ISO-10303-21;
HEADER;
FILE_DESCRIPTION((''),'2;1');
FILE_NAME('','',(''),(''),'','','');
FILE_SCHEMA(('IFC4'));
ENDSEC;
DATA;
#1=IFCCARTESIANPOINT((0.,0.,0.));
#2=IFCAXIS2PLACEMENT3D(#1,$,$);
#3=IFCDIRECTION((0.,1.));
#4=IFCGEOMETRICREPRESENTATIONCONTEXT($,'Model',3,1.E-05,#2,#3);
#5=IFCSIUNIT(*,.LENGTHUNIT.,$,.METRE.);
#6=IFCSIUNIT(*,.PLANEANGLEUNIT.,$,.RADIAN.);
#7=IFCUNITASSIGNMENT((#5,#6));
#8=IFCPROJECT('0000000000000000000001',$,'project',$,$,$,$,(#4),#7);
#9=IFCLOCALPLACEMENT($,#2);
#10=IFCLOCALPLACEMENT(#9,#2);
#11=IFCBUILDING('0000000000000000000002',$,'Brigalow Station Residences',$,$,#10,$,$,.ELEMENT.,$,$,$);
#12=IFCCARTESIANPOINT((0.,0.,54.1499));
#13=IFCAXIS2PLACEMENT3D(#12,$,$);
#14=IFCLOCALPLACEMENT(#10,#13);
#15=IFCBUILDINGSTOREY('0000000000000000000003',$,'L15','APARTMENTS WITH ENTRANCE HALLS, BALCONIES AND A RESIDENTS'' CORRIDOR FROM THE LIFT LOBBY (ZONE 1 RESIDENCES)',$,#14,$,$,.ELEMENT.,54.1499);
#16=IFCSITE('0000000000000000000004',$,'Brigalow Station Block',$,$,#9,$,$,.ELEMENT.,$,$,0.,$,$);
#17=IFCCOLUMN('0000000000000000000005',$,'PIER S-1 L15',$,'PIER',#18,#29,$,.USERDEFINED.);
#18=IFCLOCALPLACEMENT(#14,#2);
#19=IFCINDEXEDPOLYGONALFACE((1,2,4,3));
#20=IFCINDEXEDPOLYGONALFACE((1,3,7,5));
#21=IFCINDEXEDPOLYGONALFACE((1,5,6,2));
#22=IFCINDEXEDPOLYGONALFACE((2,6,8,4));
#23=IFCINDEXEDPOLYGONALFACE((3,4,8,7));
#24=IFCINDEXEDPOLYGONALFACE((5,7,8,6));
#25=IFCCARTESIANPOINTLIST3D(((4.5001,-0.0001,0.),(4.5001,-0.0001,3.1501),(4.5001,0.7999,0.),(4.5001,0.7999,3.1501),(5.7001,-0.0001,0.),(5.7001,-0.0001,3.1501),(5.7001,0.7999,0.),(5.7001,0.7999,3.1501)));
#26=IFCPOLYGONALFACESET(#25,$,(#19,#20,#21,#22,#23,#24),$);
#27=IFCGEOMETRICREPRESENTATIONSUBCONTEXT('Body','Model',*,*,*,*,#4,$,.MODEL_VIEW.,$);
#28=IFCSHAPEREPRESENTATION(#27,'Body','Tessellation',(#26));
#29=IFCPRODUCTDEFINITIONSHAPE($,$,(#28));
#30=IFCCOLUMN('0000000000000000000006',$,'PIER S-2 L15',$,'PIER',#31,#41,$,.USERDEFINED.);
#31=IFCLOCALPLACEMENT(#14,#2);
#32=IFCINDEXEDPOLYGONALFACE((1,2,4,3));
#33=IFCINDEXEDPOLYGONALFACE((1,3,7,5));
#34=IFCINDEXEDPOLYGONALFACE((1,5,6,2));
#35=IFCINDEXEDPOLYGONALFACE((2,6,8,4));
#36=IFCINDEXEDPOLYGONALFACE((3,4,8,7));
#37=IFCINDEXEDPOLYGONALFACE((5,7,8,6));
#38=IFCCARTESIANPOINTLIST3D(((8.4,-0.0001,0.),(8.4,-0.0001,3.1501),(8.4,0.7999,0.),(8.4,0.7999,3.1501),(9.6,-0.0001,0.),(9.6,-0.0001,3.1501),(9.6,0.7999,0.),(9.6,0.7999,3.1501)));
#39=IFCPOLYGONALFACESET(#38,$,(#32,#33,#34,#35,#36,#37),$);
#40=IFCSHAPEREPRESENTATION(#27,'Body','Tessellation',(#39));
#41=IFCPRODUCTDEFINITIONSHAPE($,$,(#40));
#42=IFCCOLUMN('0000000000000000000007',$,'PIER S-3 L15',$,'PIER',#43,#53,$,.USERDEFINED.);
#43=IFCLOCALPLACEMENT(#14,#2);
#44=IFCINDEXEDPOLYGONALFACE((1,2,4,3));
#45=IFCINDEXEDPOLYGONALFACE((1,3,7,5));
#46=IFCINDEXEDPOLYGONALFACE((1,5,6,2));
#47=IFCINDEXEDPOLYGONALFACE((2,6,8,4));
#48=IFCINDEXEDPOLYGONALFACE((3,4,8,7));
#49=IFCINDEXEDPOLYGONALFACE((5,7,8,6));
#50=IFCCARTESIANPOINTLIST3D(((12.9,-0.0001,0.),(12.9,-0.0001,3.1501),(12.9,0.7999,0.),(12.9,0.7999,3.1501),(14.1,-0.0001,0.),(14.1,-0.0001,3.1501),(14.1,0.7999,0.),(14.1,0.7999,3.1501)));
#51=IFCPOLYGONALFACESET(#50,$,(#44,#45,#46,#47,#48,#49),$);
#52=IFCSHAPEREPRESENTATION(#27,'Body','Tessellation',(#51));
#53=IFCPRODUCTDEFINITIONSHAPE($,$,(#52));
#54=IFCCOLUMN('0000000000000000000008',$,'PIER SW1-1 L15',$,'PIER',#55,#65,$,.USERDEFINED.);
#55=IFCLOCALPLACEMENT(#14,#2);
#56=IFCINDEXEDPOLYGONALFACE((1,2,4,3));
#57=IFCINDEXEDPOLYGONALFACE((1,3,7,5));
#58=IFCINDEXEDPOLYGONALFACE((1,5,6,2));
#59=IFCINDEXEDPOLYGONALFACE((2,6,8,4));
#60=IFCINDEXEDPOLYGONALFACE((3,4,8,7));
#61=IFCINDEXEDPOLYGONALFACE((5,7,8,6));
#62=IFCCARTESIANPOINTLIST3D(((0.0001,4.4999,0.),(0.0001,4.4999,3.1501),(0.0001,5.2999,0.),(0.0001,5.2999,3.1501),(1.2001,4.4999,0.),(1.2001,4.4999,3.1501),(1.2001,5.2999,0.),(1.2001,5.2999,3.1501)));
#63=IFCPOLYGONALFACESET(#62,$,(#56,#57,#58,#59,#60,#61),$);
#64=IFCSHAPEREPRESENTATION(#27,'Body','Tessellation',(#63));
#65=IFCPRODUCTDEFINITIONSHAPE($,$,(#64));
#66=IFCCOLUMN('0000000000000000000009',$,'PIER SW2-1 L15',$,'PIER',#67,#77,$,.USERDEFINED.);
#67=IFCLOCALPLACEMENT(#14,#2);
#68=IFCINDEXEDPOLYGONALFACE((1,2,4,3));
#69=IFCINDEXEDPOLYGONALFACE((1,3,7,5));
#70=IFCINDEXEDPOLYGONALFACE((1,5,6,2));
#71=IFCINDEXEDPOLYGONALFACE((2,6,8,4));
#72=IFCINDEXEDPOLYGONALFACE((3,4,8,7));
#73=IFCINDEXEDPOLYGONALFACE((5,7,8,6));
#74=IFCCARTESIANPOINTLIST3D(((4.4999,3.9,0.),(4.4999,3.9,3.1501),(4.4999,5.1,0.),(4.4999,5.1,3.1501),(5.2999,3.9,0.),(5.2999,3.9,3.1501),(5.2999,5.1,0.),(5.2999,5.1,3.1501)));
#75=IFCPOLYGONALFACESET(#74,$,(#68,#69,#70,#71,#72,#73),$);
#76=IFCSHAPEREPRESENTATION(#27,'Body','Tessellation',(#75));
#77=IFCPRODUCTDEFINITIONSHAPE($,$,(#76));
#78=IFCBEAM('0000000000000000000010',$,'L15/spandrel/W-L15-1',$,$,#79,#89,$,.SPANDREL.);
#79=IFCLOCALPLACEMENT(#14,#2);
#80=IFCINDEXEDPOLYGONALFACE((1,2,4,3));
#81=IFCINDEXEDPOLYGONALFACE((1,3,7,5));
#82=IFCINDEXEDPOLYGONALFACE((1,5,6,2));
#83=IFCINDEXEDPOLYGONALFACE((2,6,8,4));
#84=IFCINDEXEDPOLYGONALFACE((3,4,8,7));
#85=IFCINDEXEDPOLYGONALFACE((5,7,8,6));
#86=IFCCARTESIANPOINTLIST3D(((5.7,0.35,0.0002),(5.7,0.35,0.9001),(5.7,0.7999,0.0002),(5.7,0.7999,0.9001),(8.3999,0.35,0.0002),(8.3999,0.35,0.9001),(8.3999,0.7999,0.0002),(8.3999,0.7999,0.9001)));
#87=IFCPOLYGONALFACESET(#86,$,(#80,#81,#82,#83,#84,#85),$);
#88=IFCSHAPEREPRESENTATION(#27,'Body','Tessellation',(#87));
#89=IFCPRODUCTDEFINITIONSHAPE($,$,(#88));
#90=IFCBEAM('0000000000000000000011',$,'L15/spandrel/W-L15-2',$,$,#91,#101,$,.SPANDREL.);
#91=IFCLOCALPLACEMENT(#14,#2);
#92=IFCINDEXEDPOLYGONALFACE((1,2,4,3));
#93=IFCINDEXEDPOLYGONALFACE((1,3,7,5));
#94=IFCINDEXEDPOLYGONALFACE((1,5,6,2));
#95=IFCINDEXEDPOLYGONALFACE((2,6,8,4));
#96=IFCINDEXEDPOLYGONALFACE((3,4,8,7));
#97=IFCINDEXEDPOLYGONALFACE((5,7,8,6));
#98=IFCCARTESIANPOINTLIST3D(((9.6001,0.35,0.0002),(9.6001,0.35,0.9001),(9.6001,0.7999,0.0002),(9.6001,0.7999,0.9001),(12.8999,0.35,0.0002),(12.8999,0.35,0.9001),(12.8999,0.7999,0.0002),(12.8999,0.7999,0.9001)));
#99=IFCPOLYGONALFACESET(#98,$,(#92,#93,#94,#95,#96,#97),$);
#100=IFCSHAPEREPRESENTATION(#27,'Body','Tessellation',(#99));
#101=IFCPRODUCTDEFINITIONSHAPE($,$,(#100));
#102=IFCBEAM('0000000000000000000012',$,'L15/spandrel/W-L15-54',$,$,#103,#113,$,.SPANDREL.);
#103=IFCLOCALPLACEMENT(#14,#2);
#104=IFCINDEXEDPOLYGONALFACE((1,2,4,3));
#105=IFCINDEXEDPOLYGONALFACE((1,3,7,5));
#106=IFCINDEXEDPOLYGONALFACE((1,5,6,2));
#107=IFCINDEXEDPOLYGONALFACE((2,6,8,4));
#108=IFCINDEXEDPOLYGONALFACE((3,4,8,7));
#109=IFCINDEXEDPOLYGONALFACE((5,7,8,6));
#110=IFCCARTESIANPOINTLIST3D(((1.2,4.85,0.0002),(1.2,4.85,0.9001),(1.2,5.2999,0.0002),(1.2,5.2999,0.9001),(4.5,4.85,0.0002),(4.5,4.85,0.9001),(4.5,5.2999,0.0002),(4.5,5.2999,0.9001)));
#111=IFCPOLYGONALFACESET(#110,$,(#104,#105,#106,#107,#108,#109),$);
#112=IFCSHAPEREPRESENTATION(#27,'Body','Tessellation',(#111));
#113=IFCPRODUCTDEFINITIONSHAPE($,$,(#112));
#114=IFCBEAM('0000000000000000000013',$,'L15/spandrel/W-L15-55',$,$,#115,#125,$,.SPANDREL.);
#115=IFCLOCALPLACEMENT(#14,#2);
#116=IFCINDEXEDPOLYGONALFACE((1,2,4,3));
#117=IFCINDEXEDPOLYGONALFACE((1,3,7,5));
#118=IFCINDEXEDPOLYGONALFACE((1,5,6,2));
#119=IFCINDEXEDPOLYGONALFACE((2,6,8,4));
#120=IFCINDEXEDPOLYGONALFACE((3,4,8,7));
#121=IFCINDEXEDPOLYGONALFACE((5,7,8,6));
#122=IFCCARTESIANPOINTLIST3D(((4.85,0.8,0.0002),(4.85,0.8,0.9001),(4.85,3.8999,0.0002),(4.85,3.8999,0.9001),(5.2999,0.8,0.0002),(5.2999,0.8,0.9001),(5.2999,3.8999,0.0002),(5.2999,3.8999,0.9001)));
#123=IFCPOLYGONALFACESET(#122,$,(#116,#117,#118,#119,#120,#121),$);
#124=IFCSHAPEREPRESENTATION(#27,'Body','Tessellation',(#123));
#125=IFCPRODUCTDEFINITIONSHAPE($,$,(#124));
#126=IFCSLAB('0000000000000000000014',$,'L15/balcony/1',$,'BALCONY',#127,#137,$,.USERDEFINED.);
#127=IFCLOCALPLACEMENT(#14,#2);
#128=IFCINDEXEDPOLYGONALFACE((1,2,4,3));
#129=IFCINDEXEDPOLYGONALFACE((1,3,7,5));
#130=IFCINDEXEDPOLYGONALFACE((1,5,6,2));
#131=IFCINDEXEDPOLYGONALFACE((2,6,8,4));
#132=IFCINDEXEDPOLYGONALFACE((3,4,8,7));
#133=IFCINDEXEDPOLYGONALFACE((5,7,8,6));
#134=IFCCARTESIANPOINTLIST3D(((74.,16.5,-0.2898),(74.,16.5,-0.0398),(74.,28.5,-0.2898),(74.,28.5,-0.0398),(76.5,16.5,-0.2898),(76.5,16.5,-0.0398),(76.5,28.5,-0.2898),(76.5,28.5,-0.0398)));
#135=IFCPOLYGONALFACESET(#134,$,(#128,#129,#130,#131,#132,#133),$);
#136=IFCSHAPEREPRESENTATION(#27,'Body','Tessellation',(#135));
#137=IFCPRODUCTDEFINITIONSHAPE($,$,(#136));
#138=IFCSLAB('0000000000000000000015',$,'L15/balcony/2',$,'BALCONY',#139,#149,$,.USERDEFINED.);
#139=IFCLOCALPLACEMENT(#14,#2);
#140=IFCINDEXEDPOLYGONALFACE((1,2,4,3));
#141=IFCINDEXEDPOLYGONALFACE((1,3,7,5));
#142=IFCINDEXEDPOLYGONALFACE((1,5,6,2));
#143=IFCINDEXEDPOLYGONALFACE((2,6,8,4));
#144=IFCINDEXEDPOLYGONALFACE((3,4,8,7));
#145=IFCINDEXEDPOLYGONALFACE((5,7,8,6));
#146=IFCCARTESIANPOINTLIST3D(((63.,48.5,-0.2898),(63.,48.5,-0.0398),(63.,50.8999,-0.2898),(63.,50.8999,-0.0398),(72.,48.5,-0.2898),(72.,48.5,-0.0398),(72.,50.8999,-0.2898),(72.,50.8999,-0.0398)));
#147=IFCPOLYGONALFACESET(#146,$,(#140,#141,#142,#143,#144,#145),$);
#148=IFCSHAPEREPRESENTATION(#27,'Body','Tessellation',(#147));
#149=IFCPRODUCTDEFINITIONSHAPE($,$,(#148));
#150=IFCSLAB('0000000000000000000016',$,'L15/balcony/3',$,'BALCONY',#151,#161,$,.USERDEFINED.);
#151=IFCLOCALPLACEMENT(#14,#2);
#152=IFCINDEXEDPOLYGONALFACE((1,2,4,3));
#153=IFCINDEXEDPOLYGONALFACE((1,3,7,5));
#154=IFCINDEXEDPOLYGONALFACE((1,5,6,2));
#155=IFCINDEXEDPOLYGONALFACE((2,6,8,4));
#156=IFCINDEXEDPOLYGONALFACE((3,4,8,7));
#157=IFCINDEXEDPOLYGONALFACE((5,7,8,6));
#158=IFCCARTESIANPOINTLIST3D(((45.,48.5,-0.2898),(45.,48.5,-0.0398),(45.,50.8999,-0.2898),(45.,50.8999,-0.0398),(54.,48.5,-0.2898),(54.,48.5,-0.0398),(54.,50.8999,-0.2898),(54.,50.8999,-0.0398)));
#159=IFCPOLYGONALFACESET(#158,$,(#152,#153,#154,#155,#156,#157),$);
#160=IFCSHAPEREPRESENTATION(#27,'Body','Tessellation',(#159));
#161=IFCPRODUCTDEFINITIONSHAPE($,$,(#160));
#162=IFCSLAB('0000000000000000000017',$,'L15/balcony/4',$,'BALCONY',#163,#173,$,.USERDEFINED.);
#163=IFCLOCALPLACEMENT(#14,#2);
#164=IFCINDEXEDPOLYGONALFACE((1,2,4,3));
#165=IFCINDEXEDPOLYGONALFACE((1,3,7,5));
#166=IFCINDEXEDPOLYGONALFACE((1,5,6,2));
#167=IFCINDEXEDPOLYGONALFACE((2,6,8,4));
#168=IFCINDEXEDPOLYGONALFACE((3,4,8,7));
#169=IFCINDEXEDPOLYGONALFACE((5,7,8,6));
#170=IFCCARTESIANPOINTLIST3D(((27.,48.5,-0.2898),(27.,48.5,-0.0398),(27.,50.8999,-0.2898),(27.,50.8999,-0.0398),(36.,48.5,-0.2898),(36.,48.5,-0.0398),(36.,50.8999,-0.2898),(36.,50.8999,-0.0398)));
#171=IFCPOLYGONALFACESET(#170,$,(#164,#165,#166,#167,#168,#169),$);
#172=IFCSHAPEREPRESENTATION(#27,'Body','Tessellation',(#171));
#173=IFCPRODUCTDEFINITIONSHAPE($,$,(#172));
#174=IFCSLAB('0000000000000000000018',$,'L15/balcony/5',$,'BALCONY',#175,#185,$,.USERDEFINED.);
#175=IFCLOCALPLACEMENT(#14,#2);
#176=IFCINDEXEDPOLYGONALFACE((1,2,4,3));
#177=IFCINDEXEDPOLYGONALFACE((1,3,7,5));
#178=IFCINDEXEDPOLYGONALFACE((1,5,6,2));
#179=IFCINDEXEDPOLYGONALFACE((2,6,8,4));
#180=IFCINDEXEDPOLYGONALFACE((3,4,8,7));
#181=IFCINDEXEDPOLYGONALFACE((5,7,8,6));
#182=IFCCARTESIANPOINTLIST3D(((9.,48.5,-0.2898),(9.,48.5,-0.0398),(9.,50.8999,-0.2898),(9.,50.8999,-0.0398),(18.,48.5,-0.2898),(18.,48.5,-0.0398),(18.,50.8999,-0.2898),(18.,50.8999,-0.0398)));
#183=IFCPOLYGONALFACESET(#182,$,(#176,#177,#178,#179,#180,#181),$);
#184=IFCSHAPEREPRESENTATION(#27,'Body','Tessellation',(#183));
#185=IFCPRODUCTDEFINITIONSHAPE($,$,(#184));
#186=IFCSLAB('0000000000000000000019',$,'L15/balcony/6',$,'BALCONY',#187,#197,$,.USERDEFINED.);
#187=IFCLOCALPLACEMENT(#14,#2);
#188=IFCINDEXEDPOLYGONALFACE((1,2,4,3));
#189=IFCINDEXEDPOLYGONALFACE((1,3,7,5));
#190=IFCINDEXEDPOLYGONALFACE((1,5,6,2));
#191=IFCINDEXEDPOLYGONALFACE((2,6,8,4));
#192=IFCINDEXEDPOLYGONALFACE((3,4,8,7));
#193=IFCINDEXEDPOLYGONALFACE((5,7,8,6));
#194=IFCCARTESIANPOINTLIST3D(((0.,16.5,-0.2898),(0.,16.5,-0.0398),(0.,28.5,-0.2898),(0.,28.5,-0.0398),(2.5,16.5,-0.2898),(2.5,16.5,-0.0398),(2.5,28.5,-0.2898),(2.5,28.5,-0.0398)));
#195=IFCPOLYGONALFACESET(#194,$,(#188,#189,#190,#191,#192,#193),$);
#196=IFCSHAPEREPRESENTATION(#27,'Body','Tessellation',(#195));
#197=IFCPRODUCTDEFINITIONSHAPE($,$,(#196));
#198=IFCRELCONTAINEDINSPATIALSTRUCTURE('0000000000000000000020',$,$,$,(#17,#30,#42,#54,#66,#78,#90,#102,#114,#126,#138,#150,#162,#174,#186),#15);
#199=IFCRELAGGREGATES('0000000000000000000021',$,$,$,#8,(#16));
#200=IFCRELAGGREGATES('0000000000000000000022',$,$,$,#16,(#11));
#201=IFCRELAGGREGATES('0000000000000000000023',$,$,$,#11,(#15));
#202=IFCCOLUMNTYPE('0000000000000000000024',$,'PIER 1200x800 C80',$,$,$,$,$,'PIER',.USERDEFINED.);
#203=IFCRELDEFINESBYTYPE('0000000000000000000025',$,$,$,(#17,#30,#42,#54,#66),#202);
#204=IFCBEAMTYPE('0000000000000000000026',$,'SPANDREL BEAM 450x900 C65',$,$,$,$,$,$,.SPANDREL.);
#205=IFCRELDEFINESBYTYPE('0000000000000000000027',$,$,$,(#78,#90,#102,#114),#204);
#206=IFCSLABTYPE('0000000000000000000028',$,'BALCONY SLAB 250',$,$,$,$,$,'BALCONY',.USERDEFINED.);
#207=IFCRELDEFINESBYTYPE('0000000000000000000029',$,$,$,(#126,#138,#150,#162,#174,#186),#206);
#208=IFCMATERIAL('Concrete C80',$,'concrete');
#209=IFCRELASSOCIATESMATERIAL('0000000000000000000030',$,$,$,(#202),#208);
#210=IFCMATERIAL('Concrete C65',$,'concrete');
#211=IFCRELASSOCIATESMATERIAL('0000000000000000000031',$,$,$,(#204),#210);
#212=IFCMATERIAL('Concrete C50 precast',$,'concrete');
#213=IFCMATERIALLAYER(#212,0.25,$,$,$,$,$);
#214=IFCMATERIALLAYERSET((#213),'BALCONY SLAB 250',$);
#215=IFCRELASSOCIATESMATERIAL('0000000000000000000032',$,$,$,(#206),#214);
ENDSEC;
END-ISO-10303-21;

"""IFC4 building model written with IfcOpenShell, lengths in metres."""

from ifc_helpers import new_model, si_unit, direction, frame, origin, origin_2d, place, context, subcontext, project, spatial, polyline, rectangle, outline, extrude, material, layer, layer_set, material_profile, profile_set, type_object, element, save


model = new_model("IFC4")

# Units and contexts
model_context = context("Model", 3, precision=1e-05, world=origin(), true_north=direction((0.0, 1.0)))
body_context = subcontext(model_context, "Body", "Model", "MODEL_VIEW")
ifc_project = project(units=[si_unit("LENGTHUNIT", "METRE"), si_unit("PLANEANGLEUNIT", "RADIAN")], contexts=[model_context])

# Site, building, storey
site_placement = place(None, origin())
site = spatial("IfcSite", under=ifc_project, at=site_placement, Name="Brigalow Station Block", CompositionType="ELEMENT", RefElevation=0.0)
building_placement = place(site_placement, origin())
building = spatial("IfcBuilding", under=site, at=building_placement, Name="Brigalow Station Residences", CompositionType="ELEMENT")
storey_placement = place(building_placement, frame((0.0, 0.0, 54.1499)))
storey = spatial("IfcBuildingStorey", under=building, at=storey_placement, Name="L15", Description="APARTMENTS WITH ENTRANCE HALLS, BALCONIES AND A RESIDENTS' CORRIDOR FROM THE LIFT LOBBY (ZONE 1 RESIDENCES)", CompositionType="ELEMENT", Elevation=54.1499)

# Columns
ifc_material_1 = material(Name="Concrete C80", Category="concrete")
ifc_material_profile_1 = material_profile(ifc_material_1, rectangle(XDim=1.2, YDim=0.8, at=origin_2d()), Name="RC1200x800")
ifc_profile_set_1 = profile_set([ifc_material_profile_1], Name="Concrete C80")
column_type = type_object("IfcColumnType", Name="PIER 1200x800 C80", ElementType="PIER", PredefinedType="USERDEFINED", material=ifc_profile_set_1)
for number, where, z_axis, x_axis, name in (
    (1, (5.1001, 0.3999, 0.0), (0.0, 0.0, 1.0), (1.0, 0.0, 0.0), "PIER S-1 L15"),
    (2, (9.0, 0.3999, 0.0), (0.0, 0.0, 1.0), (1.0, 0.0, 0.0), "PIER S-2 L15"),
    (3, (13.5, 0.3999, 0.0), (0.0, 0.0, 1.0), (1.0, 0.0, 0.0), "PIER S-3 L15"),
    (4, (0.6001, 4.8999, 0.0), (0.0, 0.0, 1.0), (1.0, 0.0, 0.0), "PIER SW1-1 L15"),
    (5, (4.8999, 4.5, 0.0), (0.0, 0.0, 1.0), (0.0, -1.0, 0.0), "PIER SW2-1 L15"),
):
    element("IfcColumn", number, at=place(storey_placement, frame(where, z_axis=z_axis, x_axis=x_axis)), inside=storey, type_object=column_type, Name=name, ObjectType="PIER", PredefinedType="USERDEFINED", context=body_context, shape_type="SweptSolid", body=[
        extrude(rectangle(XDim=1.2, YDim=0.8, at=origin_2d()), origin(), (0.0, 0.0, 1.0), 3.1501),
    ])

# Beams
ifc_material_2 = material(Name="Concrete C65", Category="concrete")
ifc_material_profile_2 = material_profile(ifc_material_2, rectangle(XDim=0.45, YDim=0.8999, at=origin_2d()), Name="RC450x900")
ifc_profile_set_2 = profile_set([ifc_material_profile_2], Name="Concrete C65")
beam_type = type_object("IfcBeamType", Name="SPANDREL BEAM 450x900 C65", PredefinedType="SPANDREL", material=ifc_profile_set_2)
beam_1_placement = place(storey_placement, frame((5.7, 0.575, 0.4502), z_axis=(1.0, 0.0, 0.0), x_axis=(0.0, 1.0, 0.0)))
element("IfcBeam", 6, at=beam_1_placement, inside=storey, type_object=beam_type, Name="L15/spandrel/W-L15-1", PredefinedType="SPANDREL", context=body_context, shape_type="SweptSolid", body=[
    extrude(rectangle(XDim=0.45, YDim=0.8999, at=origin_2d()), origin(), (0.0, 0.0, 1.0), 2.7),
])
beam_2_placement = place(storey_placement, frame((9.6001, 0.575, 0.4502), z_axis=(1.0, 0.0, 0.0), x_axis=(0.0, 1.0, 0.0)))
element("IfcBeam", 7, at=beam_2_placement, inside=storey, type_object=beam_type, Name="L15/spandrel/W-L15-2", PredefinedType="SPANDREL", context=body_context, shape_type="SweptSolid", body=[
    extrude(rectangle(XDim=0.45, YDim=0.8999, at=origin_2d()), origin(), (0.0, 0.0, 1.0), 3.2998),
])
beam_3_placement = place(storey_placement, frame((1.2, 5.075, 0.4502), z_axis=(1.0, 0.0, 0.0), x_axis=(0.0, 1.0, 0.0)))
element("IfcBeam", 8, at=beam_3_placement, inside=storey, type_object=beam_type, Name="L15/spandrel/W-L15-54", PredefinedType="SPANDREL", context=body_context, shape_type="SweptSolid", body=[
    extrude(rectangle(XDim=0.45, YDim=0.8999, at=origin_2d()), origin(), (0.0, 0.0, 1.0), 3.3),
])
beam_4_placement = place(storey_placement, frame((5.075, 3.8999, 0.4502), z_axis=(0.0, -1.0, 0.0), x_axis=(1.0, 0.0, 0.0)))
element("IfcBeam", 9, at=beam_4_placement, inside=storey, type_object=beam_type, Name="L15/spandrel/W-L15-55", PredefinedType="SPANDREL", context=body_context, shape_type="SweptSolid", body=[
    extrude(rectangle(XDim=0.45, YDim=0.8999, at=origin_2d()), origin(), (0.0, 0.0, 1.0), 3.0999),
])

# Slabs
ifc_material_3 = material(Name="Concrete C50 precast", Category="concrete")
ifc_layer_1 = layer(ifc_material_3, 0.25)
ifc_layer_set_1 = layer_set([ifc_layer_1], Name="BALCONY SLAB 250")
slab_type_1 = type_object("IfcSlabType", Name="BALCONY SLAB 250", ElementType="BALCONY", PredefinedType="USERDEFINED", material=ifc_layer_set_1)
slab_1_placement = place(storey_placement, frame((0.0, 0.0, -0.2898)))
element("IfcSlab", 10, at=slab_1_placement, inside=storey, type_object=slab_type_1, Name="L15/balcony/1", ObjectType="BALCONY", PredefinedType="USERDEFINED", context=body_context, shape_type="SweptSolid", body=[
    extrude(outline(polyline([(74.0, 16.5), (76.5, 16.5), (76.5, 28.5), (74.0, 28.5), (74.0, 16.5)])), origin(), (0.0, 0.0, 1.0), 0.25),
])
slab_2_placement = place(storey_placement, frame((0.0, 0.0, -0.2898)))
element("IfcSlab", 11, at=slab_2_placement, inside=storey, type_object=slab_type_1, Name="L15/balcony/2", ObjectType="BALCONY", PredefinedType="USERDEFINED", context=body_context, shape_type="SweptSolid", body=[
    extrude(outline(polyline([(72.0, 48.5), (72.0, 50.8999), (63.0, 50.8999), (63.0, 48.5), (72.0, 48.5)])), origin(), (0.0, 0.0, 1.0), 0.25),
])
slab_3_placement = place(storey_placement, frame((0.0, 0.0, -0.2898)))
element("IfcSlab", 12, at=slab_3_placement, inside=storey, type_object=slab_type_1, Name="L15/balcony/3", ObjectType="BALCONY", PredefinedType="USERDEFINED", context=body_context, shape_type="SweptSolid", body=[
    extrude(outline(polyline([(54.0, 48.5), (54.0, 50.8999), (45.0, 50.8999), (45.0, 48.5), (54.0, 48.5)])), origin(), (0.0, 0.0, 1.0), 0.25),
])
slab_4_placement = place(storey_placement, frame((0.0, 0.0, -0.2898)))
element("IfcSlab", 13, at=slab_4_placement, inside=storey, type_object=slab_type_1, Name="L15/balcony/4", ObjectType="BALCONY", PredefinedType="USERDEFINED", context=body_context, shape_type="SweptSolid", body=[
    extrude(outline(polyline([(36.0, 48.5), (36.0, 50.8999), (27.0, 50.8999), (27.0, 48.5), (36.0, 48.5)])), origin(), (0.0, 0.0, 1.0), 0.25),
])
slab_5_placement = place(storey_placement, frame((0.0, 0.0, -0.2898)))
element("IfcSlab", 14, at=slab_5_placement, inside=storey, type_object=slab_type_1, Name="L15/balcony/5", ObjectType="BALCONY", PredefinedType="USERDEFINED", context=body_context, shape_type="SweptSolid", body=[
    extrude(outline(polyline([(18.0, 48.5), (18.0, 50.8999), (9.0, 50.8999), (9.0, 48.5), (18.0, 48.5)])), origin(), (0.0, 0.0, 1.0), 0.25),
])
slab_6_placement = place(storey_placement, frame((0.0, 0.0, -0.2898)))
element("IfcSlab", 15, at=slab_6_placement, inside=storey, type_object=slab_type_1, Name="L15/balcony/6", ObjectType="BALCONY", PredefinedType="USERDEFINED", context=body_context, shape_type="SweptSolid", body=[
    extrude(outline(polyline([(2.5, 28.5), (0.0, 28.5), (0.0, 16.5), (2.5, 16.5), (2.5, 28.5)])), origin(), (0.0, 0.0, 1.0), 0.25),
])

save(model, "model.ifc")
